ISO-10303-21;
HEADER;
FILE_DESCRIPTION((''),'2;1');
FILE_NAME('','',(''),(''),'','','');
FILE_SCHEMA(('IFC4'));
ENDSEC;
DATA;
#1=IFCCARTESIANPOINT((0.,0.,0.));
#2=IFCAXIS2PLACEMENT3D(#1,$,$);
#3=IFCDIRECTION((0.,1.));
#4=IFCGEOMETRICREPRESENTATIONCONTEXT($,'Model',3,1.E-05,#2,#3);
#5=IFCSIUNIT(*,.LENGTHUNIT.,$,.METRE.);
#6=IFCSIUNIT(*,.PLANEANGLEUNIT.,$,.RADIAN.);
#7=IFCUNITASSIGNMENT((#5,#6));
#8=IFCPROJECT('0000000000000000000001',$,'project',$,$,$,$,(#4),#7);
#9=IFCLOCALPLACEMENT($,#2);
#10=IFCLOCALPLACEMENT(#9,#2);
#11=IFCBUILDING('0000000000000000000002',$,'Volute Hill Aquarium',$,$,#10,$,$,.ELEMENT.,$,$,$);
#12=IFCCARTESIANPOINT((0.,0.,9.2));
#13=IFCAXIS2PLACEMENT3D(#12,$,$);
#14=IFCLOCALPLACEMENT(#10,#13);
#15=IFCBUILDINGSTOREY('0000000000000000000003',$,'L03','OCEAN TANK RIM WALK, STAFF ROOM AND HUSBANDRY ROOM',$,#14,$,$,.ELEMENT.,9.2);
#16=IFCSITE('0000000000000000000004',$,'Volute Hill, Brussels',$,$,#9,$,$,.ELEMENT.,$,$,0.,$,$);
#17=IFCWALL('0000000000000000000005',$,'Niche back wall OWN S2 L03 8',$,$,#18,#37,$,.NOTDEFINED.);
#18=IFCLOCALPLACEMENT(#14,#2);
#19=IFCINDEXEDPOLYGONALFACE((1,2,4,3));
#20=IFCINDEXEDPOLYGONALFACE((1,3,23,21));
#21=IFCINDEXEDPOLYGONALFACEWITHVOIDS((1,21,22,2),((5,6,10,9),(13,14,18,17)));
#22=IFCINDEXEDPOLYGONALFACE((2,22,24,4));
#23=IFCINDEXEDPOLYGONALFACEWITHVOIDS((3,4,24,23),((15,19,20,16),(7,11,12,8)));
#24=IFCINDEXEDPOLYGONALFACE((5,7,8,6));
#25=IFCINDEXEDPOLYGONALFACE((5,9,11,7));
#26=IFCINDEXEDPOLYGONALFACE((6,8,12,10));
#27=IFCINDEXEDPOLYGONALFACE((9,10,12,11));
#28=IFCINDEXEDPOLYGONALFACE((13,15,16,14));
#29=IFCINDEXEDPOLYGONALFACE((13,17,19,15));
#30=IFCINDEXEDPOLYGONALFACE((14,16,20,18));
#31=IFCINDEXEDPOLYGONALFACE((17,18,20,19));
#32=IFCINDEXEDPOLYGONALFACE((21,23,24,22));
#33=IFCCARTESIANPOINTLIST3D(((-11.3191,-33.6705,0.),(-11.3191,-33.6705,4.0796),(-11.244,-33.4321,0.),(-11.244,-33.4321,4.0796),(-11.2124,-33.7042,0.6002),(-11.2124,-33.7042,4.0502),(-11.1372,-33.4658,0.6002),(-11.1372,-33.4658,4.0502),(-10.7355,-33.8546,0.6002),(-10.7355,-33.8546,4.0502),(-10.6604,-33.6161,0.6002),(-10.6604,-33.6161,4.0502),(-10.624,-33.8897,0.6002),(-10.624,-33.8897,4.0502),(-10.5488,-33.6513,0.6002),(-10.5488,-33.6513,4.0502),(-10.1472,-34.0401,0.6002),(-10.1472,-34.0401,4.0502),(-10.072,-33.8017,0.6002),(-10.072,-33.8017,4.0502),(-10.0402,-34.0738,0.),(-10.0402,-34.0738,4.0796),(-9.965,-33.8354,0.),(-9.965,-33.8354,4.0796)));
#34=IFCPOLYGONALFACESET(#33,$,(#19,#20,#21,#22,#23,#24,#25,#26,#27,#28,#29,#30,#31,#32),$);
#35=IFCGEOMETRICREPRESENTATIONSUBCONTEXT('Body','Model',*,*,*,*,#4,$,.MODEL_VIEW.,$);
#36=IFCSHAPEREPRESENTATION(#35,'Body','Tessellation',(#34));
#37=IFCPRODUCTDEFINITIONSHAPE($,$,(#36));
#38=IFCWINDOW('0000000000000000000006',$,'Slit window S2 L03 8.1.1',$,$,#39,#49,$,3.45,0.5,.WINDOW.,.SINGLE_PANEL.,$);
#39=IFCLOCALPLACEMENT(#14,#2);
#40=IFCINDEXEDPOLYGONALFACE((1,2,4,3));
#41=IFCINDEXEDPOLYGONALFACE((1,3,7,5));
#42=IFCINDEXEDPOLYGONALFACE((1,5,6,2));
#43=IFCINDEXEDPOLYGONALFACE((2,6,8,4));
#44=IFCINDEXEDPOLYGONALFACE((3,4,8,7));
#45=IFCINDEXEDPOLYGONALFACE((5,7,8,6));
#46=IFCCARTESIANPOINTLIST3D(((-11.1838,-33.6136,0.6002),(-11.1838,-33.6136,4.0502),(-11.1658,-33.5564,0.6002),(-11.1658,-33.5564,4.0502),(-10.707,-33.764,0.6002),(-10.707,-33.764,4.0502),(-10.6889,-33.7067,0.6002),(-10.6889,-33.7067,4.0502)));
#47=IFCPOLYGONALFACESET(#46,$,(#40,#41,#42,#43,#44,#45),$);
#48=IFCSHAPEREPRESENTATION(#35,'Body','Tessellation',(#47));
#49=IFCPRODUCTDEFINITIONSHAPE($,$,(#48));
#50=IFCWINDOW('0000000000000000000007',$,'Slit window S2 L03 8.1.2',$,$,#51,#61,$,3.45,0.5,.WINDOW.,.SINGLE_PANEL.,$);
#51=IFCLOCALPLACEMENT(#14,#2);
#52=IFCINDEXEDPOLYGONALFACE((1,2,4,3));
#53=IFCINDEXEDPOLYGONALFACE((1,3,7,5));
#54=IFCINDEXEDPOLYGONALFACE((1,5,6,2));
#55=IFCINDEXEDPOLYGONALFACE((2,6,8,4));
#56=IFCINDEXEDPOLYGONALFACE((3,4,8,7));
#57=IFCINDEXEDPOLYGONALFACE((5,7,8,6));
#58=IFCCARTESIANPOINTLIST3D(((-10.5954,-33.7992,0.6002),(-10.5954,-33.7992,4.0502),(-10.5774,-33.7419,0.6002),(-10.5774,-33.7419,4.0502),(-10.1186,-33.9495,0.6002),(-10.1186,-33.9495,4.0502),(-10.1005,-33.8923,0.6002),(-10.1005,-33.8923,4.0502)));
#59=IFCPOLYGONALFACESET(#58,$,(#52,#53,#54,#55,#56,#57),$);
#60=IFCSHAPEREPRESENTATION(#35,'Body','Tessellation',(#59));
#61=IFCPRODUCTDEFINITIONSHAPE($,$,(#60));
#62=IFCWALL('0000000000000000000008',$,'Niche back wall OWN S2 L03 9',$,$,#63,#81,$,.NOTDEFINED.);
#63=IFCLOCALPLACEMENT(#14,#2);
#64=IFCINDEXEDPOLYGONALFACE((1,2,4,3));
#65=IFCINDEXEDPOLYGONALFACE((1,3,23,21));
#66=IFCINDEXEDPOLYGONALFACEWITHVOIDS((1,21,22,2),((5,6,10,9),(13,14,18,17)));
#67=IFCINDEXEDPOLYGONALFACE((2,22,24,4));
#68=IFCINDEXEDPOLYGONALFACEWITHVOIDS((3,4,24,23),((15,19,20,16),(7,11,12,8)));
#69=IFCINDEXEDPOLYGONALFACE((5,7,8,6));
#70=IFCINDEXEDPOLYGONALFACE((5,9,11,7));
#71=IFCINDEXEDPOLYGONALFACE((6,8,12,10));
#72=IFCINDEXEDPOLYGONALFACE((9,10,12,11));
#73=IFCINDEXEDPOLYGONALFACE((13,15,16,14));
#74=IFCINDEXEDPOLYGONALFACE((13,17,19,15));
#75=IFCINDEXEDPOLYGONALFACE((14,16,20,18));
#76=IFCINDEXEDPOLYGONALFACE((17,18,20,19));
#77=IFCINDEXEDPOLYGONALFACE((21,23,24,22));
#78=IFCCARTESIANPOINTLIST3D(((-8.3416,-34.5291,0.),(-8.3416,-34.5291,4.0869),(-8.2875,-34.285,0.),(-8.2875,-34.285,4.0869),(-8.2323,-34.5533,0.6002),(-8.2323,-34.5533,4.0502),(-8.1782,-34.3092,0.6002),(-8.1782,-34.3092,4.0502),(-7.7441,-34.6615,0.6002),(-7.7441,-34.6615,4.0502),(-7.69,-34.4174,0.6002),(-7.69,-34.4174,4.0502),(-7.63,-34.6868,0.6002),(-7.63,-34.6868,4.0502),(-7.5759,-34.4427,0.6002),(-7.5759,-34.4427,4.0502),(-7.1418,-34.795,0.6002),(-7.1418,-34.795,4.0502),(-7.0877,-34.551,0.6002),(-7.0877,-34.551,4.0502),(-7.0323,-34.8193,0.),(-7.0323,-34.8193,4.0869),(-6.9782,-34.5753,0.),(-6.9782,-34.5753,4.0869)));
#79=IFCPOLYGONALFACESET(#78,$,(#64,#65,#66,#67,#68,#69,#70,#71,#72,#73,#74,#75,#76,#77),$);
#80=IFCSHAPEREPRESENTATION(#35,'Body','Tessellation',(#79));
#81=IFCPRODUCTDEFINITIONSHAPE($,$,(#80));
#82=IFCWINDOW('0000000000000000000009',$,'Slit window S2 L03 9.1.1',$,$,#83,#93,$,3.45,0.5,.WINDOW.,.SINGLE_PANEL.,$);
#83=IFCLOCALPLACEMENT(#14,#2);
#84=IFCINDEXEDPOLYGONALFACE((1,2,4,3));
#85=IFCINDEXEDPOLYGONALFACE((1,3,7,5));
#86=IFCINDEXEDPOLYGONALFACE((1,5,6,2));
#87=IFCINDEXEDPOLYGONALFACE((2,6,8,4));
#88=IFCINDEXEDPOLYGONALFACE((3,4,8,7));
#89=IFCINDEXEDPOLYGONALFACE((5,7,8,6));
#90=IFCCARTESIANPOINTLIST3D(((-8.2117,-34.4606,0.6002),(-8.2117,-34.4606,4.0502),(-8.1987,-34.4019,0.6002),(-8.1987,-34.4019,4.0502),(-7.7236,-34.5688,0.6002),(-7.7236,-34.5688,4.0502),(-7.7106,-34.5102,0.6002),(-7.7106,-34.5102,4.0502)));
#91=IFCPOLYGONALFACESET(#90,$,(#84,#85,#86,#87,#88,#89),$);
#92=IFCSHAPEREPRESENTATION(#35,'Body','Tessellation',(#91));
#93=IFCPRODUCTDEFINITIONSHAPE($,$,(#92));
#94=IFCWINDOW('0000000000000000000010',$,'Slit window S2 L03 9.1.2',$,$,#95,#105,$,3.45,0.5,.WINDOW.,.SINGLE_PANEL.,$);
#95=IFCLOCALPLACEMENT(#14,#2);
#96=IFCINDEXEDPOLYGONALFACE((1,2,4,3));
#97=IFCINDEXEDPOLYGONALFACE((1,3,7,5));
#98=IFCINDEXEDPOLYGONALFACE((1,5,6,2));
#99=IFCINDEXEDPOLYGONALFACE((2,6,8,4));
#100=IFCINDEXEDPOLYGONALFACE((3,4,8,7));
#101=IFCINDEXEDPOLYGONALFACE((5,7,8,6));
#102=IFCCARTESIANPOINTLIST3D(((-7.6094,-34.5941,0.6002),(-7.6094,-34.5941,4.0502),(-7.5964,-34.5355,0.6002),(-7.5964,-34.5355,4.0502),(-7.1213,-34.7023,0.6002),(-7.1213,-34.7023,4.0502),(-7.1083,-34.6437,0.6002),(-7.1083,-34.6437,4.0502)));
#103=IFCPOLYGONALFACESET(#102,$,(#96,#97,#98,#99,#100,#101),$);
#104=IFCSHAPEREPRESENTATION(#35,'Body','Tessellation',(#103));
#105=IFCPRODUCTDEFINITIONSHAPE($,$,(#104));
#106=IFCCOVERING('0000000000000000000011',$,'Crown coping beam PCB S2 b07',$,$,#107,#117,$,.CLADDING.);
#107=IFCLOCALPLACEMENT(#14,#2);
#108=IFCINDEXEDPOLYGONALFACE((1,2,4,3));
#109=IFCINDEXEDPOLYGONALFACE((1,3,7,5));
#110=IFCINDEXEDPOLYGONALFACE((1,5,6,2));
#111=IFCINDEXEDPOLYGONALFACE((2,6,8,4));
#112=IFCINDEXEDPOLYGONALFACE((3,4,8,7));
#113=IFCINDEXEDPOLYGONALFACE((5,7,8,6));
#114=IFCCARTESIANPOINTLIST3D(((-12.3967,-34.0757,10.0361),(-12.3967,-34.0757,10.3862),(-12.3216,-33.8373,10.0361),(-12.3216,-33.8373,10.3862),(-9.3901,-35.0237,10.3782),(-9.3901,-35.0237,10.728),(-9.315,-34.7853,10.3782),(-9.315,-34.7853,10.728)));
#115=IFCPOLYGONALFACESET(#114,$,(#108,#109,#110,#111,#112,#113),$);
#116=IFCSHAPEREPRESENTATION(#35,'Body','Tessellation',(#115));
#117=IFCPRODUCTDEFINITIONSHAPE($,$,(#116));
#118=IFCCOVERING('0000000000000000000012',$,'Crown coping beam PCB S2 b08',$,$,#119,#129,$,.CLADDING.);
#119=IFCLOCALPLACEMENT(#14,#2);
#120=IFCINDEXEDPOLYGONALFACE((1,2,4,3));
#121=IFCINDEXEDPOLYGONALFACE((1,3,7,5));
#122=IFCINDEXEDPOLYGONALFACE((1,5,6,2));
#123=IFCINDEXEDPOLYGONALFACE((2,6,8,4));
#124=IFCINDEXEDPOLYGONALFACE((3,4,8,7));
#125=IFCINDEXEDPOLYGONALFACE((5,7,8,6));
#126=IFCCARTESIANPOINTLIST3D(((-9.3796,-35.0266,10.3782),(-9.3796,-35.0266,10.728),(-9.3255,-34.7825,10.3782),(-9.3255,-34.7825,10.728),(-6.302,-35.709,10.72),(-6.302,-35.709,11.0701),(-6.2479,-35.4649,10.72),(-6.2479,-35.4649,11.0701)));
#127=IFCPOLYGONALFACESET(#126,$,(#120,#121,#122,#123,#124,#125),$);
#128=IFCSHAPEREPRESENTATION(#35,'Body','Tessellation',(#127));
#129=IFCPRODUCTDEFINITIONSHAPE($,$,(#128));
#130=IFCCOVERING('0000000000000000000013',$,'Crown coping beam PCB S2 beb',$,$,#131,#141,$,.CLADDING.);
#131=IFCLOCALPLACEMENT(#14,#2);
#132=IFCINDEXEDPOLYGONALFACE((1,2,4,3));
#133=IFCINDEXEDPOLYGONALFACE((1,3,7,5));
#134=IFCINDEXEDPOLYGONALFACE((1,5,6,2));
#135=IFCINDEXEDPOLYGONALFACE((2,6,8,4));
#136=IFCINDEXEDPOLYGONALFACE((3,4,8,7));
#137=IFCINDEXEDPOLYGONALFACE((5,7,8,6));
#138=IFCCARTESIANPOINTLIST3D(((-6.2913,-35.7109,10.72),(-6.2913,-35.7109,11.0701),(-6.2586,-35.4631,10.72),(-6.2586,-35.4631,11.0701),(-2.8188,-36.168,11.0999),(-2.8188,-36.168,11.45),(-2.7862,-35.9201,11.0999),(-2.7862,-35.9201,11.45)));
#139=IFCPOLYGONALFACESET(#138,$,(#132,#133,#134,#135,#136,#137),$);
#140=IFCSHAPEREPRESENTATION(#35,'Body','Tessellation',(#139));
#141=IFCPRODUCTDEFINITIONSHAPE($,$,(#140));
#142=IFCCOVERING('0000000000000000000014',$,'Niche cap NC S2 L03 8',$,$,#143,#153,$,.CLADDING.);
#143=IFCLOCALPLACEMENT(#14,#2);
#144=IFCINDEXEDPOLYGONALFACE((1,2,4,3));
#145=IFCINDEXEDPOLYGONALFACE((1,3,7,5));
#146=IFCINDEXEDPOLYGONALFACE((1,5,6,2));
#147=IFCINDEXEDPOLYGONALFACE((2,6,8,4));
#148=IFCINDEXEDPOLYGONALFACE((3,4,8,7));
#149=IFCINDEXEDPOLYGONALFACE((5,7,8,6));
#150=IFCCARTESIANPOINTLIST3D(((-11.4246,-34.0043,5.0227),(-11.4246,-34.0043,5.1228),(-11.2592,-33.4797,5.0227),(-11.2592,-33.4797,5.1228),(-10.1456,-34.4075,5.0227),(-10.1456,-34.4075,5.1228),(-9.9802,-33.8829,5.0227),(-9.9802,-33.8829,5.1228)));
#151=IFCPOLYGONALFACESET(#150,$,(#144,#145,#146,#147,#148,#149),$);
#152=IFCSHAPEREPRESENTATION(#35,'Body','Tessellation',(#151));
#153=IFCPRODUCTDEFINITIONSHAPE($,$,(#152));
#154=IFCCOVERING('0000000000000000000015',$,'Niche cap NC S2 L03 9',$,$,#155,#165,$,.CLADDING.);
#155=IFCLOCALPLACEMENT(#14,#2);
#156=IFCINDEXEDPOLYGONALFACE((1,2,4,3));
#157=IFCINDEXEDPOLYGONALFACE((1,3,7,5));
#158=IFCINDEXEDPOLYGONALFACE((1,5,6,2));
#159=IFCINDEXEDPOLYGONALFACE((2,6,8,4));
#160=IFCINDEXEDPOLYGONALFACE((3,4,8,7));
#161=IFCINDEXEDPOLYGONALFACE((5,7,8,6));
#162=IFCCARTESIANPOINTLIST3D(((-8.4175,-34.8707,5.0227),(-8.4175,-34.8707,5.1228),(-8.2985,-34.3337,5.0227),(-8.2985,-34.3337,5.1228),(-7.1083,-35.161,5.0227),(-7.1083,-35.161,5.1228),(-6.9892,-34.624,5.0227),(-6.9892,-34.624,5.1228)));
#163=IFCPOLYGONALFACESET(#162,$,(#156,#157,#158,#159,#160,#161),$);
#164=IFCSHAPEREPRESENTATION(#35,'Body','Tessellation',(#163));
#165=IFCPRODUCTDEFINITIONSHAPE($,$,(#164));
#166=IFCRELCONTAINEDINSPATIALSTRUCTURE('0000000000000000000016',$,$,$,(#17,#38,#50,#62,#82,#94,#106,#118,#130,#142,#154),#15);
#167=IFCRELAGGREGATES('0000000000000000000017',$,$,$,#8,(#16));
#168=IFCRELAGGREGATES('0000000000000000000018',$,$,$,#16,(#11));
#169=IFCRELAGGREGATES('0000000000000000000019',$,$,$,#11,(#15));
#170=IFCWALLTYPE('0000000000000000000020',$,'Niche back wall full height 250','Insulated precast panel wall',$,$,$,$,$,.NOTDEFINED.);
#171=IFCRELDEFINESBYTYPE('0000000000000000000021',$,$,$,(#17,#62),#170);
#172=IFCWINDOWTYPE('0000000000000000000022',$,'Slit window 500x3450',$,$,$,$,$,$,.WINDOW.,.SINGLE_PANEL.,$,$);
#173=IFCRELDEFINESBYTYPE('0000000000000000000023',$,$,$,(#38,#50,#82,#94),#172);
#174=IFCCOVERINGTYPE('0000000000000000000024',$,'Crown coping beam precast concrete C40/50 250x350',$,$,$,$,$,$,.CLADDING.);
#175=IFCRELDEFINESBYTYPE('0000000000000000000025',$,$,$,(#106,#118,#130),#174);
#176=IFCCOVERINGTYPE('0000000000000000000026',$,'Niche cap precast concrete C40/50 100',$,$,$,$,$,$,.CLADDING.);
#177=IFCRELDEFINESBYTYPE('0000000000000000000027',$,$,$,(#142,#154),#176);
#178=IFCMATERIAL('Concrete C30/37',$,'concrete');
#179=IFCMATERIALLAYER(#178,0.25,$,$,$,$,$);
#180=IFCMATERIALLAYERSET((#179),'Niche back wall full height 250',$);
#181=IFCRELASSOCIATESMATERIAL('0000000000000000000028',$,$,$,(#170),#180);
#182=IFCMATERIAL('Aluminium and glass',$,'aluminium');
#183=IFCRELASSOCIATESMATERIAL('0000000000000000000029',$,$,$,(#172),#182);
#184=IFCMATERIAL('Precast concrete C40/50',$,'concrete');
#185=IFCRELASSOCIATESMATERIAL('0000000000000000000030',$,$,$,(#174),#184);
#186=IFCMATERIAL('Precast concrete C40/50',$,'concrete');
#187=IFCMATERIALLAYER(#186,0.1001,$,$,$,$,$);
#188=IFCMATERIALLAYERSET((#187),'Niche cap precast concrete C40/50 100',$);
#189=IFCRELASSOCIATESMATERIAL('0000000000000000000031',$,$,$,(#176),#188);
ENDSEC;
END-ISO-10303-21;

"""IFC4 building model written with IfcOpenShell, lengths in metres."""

from ifc_helpers import new_model, si_unit, direction, frame, frame_2d, origin, origin_2d, place, context, subcontext, project, spatial, polyline, rectangle, outline, extrude, material, layer, layer_set, type_object, element, fill, save


model = new_model("IFC4")

# Units and contexts
model_context = context("Model", 3, precision=1e-05, world=origin(), true_north=direction((0.0, 1.0)))
body_context = subcontext(model_context, "Body", "Model", "MODEL_VIEW")
ifc_project = project(units=[si_unit("LENGTHUNIT", "METRE"), si_unit("PLANEANGLEUNIT", "RADIAN")], contexts=[model_context])

# Site, building, storey
site_placement = place(None, origin())
site = spatial("IfcSite", under=ifc_project, at=site_placement, Name="Volute Hill, Brussels", CompositionType="ELEMENT", RefElevation=0.0)
building_placement = place(site_placement, origin())
building = spatial("IfcBuilding", under=site, at=building_placement, Name="Volute Hill Aquarium", CompositionType="ELEMENT")
storey_placement = place(building_placement, frame((0.0, 0.0, 9.2)))
storey = spatial("IfcBuildingStorey", under=building, at=storey_placement, Name="L03", Description="OCEAN TANK RIM WALK, STAFF ROOM AND HUSBANDRY ROOM", CompositionType="ELEMENT", Elevation=9.2)

# Walls, openings, windows
ifc_material_1 = material(Name="Concrete C30/37", Category="concrete")
ifc_layer_1 = layer(ifc_material_1, 0.25)
ifc_layer_set_1 = layer_set([ifc_layer_1], Name="Niche back wall full height 250")
wall_type = type_object("IfcWallType", Name="Niche back wall full height 250", Description="Insulated precast panel wall", PredefinedType="NOTDEFINED", material=ifc_layer_set_1)
wall_1_placement = place(storey_placement, frame((-10.0027, -33.9546, 0.0), z_axis=(0.0, 0.0, 1.0), x_axis=(-0.953709, 0.300731, 0.0)))
wall_1 = element("IfcWall", 1, at=wall_1_placement, inside=storey, type_object=wall_type, Name="Niche back wall OWN S2 L03 8", PredefinedType="NOTDEFINED", context=body_context, shape_type="SweptSolid", body=[
    extrude(rectangle(XDim=1.3411, YDim=0.25, at=frame_2d((0.6704, 0.0))), origin(), (0.0, 0.0, 1.0), 4.0796),
])
opening_1_placement = place(wall_1_placement, frame((0.729, 0.0, 0.6001)))
opening_1 = element("IfcOpeningElement", 2, at=opening_1_placement, cuts=wall_1, PredefinedType="OPENING", context=body_context, shape_type="SweptSolid", body=[
    extrude(rectangle(XDim=0.5, YDim=3.45, at=frame_2d((0.25, 1.7251))), frame((0.0, 0.135, 0.0), z_axis=(0.0, -1.0, 0.0), x_axis=(1.0, 0.0, 0.0)), (0.0, 0.0, 1.0), 0.27),
])
opening_2_placement = place(wall_1_placement, frame((0.1121, 0.0, 0.6001)))
opening_2 = element("IfcOpeningElement", 3, at=opening_2_placement, cuts=wall_1, PredefinedType="OPENING", context=body_context, shape_type="SweptSolid", body=[
    extrude(rectangle(XDim=0.5, YDim=3.45, at=frame_2d((0.25, 1.7251))), frame((0.0, 0.135, 0.0), z_axis=(0.0, -1.0, 0.0), x_axis=(1.0, 0.0, 0.0)), (0.0, 0.0, 1.0), 0.27),
])
ifc_material_2 = material(Name="Aluminium and glass", Category="aluminium")
window_type = type_object("IfcWindowType", Name="Slit window 500x3450", PartitioningType="SINGLE_PANEL", PredefinedType="WINDOW", material=ifc_material_2)
window_1_placement = place(opening_1_placement, origin())
window_1 = element("IfcWindow", 4, at=window_1_placement, inside=storey, type_object=window_type, Name="Slit window S2 L03 8.1.1", OverallHeight=3.45, OverallWidth=0.5, PartitioningType="SINGLE_PANEL", PredefinedType="WINDOW", context=body_context, shape_type="SweptSolid", body=[
    extrude(rectangle(XDim=0.5, YDim=3.45, at=frame_2d((0.25, 1.7251))), frame((0.0, 0.03, 0.0), z_axis=(0.0, -1.0, 0.0), x_axis=(1.0, 0.0, 0.0)), (0.0, 0.0, 1.0), 0.0601),
])
fill(opening_1, window_1)
window_2_placement = place(opening_2_placement, origin())
window_2 = element("IfcWindow", 5, at=window_2_placement, inside=storey, type_object=window_type, Name="Slit window S2 L03 8.1.2", OverallHeight=3.45, OverallWidth=0.5, PartitioningType="SINGLE_PANEL", PredefinedType="WINDOW", context=body_context, shape_type="SweptSolid", body=[
    extrude(rectangle(XDim=0.5, YDim=3.45, at=frame_2d((0.25, 1.7251))), frame((0.0, 0.03, 0.0), z_axis=(0.0, -1.0, 0.0), x_axis=(1.0, 0.0, 0.0)), (0.0, 0.0, 1.0), 0.0601),
])
fill(opening_2, window_2)
wall_2_placement = place(storey_placement, frame((-7.0054, -34.6973, 0.0), z_axis=(0.0, 0.0, 1.0), x_axis=(-0.976294, 0.216449, 0.0)))
wall_2 = element("IfcWall", 6, at=wall_2_placement, inside=storey, type_object=wall_type, Name="Niche back wall OWN S2 L03 9", PredefinedType="NOTDEFINED", context=body_context, shape_type="SweptSolid", body=[
    extrude(rectangle(XDim=1.3411, YDim=0.25, at=frame_2d((0.6704, 0.0))), origin(), (0.0, 0.0, 1.0), 4.0869),
])
opening_3_placement = place(wall_2_placement, frame((0.729, 0.0, 0.6001)))
opening_3 = element("IfcOpeningElement", 7, at=opening_3_placement, cuts=wall_2, PredefinedType="OPENING", context=body_context, shape_type="SweptSolid", body=[
    extrude(rectangle(XDim=0.5, YDim=3.45, at=frame_2d((0.25, 1.7251))), frame((0.0, 0.135, 0.0), z_axis=(0.0, -1.0, 0.0), x_axis=(1.0, 0.0, 0.0)), (0.0, 0.0, 1.0), 0.27),
])
opening_4_placement = place(wall_2_placement, frame((0.1121, 0.0, 0.6001)))
opening_4 = element("IfcOpeningElement", 8, at=opening_4_placement, cuts=wall_2, PredefinedType="OPENING", context=body_context, shape_type="SweptSolid", body=[
    extrude(rectangle(XDim=0.5, YDim=3.45, at=frame_2d((0.25, 1.7251))), frame((0.0, 0.135, 0.0), z_axis=(0.0, -1.0, 0.0), x_axis=(1.0, 0.0, 0.0)), (0.0, 0.0, 1.0), 0.27),
])
window_3_placement = place(opening_3_placement, origin())
window_3 = element("IfcWindow", 9, at=window_3_placement, inside=storey, type_object=window_type, Name="Slit window S2 L03 9.1.1", OverallHeight=3.45, OverallWidth=0.5, PartitioningType="SINGLE_PANEL", PredefinedType="WINDOW", context=body_context, shape_type="SweptSolid", body=[
    extrude(rectangle(XDim=0.5, YDim=3.45, at=frame_2d((0.25, 1.7251))), frame((0.0, 0.03, 0.0), z_axis=(0.0, -1.0, 0.0), x_axis=(1.0, 0.0, 0.0)), (0.0, 0.0, 1.0), 0.0601),
])
fill(opening_3, window_3)
window_4_placement = place(opening_4_placement, origin())
window_4 = element("IfcWindow", 10, at=window_4_placement, inside=storey, type_object=window_type, Name="Slit window S2 L03 9.1.2", OverallHeight=3.45, OverallWidth=0.5, PartitioningType="SINGLE_PANEL", PredefinedType="WINDOW", context=body_context, shape_type="SweptSolid", body=[
    extrude(rectangle(XDim=0.5, YDim=3.45, at=frame_2d((0.25, 1.7251))), frame((0.0, 0.03, 0.0), z_axis=(0.0, -1.0, 0.0), x_axis=(1.0, 0.0, 0.0)), (0.0, 0.0, 1.0), 0.0601),
])
fill(opening_4, window_4)

# Coverings
ifc_material_3 = material(Name="Precast concrete C40/50", Category="concrete")
covering_type_1 = type_object("IfcCoveringType", Name="Crown coping beam precast concrete C40/50 250x350", PredefinedType="CLADDING", material=ifc_material_3)
covering_1_placement = place(storey_placement, frame((-12.3967, -34.0757, 10.0361), z_axis=(-0.300713, -0.953715, 0.0), x_axis=(0.94815, -0.298958, 0.107865)))
element("IfcCovering", 11, at=covering_1_placement, inside=storey, type_object=covering_type_1, Name="Crown coping beam PCB S2 b07", PredefinedType="CLADDING", context=body_context, shape_type="SweptSolid", body=[
    extrude(outline(polyline([(0.0, 0.0), (3.171, 0.0), (3.2087, 0.3478), (0.0378, 0.3481), (0.0, 0.0)])), origin(), (0.0, 0.0, -1.0), 0.25),
])
covering_2_placement = place(storey_placement, frame((-9.3796, -35.0266, 10.3782), z_axis=(-0.216463, -0.976291, 0.0), x_axis=(0.970602, -0.215202, 0.107793)))
element("IfcCovering", 12, at=covering_2_placement, inside=storey, type_object=covering_type_1, Name="Crown coping beam PCB S2 b08", PredefinedType="CLADDING", context=body_context, shape_type="SweptSolid", body=[
    extrude(outline(polyline([(0.0, 0.0), (3.1709, 0.0), (3.2086, 0.3481), (0.0377, 0.3478), (0.0, 0.0)])), origin(), (0.0, 0.0, -1.0), 0.25),
])
covering_3_placement = place(storey_placement, frame((-6.2913, -35.7109, 10.72), z_axis=(-0.130492, -0.991449, 0.0), x_axis=(0.985668, -0.129731, 0.107832)))
element("IfcCovering", 13, at=covering_3_placement, inside=storey, type_object=covering_type_1, Name="Crown coping beam PCB S2 beb", PredefinedType="CLADDING", context=body_context, shape_type="SweptSolid", body=[
    extrude(outline(polyline([(0.0, 0.0), (3.5229, 0.0), (3.5607, 0.3481), (0.0378, 0.3481), (0.0, 0.0)])), origin(), (0.0, 0.0, -1.0), 0.25),
])
ifc_material_4 = material(Name="Precast concrete C40/50", Category="concrete")
ifc_layer_2 = layer(ifc_material_4, 0.1001)
ifc_layer_set_2 = layer_set([ifc_layer_2], Name="Niche cap precast concrete C40/50 100")
covering_type_2 = type_object("IfcCoveringType", Name="Niche cap precast concrete C40/50 100", PredefinedType="CLADDING", material=ifc_layer_set_2)
for number, where, z_axis, x_axis, name in (
    (14, (-10.7024, -33.9436, 5.0227), (0.0, 0.0, 1.0), (0.953719, -0.300699, 0.0), "Niche cap NC S2 L03 8"),
    (15, (-7.7034, -34.7473, 5.0227), (0.0, 0.0, 1.0), (0.976292, -0.216459, 0.0), "Niche cap NC S2 L03 9"),
):
    element("IfcCovering", number, at=place(storey_placement, frame(where, z_axis=z_axis, x_axis=x_axis)), inside=storey, type_object=covering_type_2, Name=name, PredefinedType="CLADDING", context=body_context, shape_type="SweptSolid", body=[
        extrude(rectangle(XDim=1.3411, YDim=0.55, at=origin_2d()), origin(), (0.0, 0.0, 1.0), 0.1001),
    ])

save(model, "model.ifc")
